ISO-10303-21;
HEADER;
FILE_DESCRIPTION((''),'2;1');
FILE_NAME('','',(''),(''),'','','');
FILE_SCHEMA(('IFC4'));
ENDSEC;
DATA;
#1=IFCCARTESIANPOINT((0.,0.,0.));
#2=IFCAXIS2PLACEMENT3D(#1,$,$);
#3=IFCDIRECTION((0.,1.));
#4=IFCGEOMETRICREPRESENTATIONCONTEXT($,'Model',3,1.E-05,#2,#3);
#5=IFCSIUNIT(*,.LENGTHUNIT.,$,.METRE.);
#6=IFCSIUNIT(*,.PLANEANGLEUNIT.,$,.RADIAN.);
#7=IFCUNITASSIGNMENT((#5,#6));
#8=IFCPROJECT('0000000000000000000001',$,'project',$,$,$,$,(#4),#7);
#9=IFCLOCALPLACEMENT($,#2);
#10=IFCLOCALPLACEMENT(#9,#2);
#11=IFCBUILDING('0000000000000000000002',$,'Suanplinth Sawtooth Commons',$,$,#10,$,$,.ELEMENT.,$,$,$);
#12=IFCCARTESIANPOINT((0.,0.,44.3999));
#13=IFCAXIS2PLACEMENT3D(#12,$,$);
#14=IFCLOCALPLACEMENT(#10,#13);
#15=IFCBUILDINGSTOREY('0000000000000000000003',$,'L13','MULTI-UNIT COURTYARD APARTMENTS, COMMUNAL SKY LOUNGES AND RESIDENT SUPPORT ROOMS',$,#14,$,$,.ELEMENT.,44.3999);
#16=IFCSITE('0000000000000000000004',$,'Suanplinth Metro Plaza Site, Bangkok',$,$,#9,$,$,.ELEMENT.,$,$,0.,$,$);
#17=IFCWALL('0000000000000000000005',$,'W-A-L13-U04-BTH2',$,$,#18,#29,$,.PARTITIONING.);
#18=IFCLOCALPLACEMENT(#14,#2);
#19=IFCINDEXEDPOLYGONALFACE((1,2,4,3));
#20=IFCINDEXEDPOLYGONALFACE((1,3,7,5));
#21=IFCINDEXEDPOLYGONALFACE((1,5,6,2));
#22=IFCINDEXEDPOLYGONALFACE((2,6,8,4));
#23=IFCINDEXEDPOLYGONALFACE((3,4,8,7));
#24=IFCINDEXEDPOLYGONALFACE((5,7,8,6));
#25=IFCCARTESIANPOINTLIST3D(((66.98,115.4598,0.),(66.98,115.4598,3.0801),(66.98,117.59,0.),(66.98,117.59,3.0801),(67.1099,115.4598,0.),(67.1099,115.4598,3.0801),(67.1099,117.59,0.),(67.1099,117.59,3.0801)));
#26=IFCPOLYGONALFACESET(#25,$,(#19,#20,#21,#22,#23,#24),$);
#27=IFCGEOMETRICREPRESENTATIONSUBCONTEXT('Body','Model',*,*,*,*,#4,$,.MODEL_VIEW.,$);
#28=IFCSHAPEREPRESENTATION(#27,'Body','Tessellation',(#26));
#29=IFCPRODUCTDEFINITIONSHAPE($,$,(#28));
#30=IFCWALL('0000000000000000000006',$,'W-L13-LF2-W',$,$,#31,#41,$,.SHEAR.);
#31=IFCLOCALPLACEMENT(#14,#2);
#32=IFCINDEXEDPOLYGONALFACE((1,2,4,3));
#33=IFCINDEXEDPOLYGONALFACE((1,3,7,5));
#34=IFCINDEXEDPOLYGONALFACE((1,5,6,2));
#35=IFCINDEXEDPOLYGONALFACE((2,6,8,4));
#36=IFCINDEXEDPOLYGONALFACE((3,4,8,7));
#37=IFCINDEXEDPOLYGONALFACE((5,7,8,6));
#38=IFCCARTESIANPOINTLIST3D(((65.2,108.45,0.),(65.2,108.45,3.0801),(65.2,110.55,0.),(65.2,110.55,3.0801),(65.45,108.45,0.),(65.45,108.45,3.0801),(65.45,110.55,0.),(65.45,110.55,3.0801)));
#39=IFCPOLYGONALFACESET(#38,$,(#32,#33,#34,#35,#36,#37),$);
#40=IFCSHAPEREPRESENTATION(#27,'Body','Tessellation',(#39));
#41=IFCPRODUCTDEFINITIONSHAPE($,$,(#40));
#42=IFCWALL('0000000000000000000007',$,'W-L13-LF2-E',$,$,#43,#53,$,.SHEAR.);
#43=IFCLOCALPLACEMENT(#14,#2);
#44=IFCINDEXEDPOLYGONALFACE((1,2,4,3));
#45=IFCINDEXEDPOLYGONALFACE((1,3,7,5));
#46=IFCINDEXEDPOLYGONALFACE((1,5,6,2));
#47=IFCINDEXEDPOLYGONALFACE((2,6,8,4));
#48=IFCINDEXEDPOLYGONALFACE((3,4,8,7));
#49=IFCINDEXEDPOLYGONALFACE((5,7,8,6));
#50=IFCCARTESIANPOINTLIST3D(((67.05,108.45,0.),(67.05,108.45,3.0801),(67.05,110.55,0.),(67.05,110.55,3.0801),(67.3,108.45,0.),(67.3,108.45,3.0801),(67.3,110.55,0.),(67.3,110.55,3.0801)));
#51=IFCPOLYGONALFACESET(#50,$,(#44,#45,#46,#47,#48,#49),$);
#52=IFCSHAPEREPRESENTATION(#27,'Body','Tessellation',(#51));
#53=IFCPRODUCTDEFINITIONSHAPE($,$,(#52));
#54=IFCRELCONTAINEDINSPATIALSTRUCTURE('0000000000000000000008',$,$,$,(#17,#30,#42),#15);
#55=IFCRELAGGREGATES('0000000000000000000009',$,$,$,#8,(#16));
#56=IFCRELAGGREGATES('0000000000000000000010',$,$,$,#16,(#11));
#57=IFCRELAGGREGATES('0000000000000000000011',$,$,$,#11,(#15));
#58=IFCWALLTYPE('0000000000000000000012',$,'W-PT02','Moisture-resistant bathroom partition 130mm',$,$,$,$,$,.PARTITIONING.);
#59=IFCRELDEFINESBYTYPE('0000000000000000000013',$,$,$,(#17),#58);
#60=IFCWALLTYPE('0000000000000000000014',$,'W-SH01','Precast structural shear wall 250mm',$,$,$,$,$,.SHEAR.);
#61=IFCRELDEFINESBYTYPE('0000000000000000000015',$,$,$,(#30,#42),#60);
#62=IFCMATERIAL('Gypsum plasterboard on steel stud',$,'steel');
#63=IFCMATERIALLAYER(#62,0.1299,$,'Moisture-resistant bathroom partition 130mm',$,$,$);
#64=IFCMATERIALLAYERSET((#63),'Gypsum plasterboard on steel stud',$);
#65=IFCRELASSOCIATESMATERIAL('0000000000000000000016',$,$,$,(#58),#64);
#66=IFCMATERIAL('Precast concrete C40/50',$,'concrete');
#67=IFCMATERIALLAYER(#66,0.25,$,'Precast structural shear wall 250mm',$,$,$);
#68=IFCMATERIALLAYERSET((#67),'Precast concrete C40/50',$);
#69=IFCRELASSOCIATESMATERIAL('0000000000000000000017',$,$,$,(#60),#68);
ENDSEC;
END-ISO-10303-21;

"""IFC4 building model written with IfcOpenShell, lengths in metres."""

from ifc_helpers import new_model, si_unit, direction, frame, frame_2d, origin, place, context, subcontext, project, spatial, rectangle, extrude, material, layer, layer_set, type_object, element, save


model = new_model("IFC4")

# Units and contexts
model_context = context("Model", 3, precision=1e-05, world=origin(), true_north=direction((0.0, 1.0)))
body_context = subcontext(model_context, "Body", "Model", "MODEL_VIEW")
ifc_project = project(units=[si_unit("LENGTHUNIT", "METRE"), si_unit("PLANEANGLEUNIT", "RADIAN")], contexts=[model_context])

# Site, building, storey
site_placement = place(None, origin())
site = spatial("IfcSite", under=ifc_project, at=site_placement, Name="Suanplinth Metro Plaza Site, Bangkok", CompositionType="ELEMENT", RefElevation=0.0)
building_placement = place(site_placement, origin())
building = spatial("IfcBuilding", under=site, at=building_placement, Name="Suanplinth Sawtooth Commons", CompositionType="ELEMENT")
storey_placement = place(building_placement, frame((0.0, 0.0, 44.3999)))
storey = spatial("IfcBuildingStorey", under=building, at=storey_placement, Name="L13", Description="MULTI-UNIT COURTYARD APARTMENTS, COMMUNAL SKY LOUNGES AND RESIDENT SUPPORT ROOMS", CompositionType="ELEMENT", Elevation=44.3999)

# Shared definitions
ifc_material_1 = material(Name="Precast concrete C40/50", Category="concrete")

# Shared definitions
ifc_material_2 = material(Name="Gypsum plasterboard on steel stud", Category="steel")

# Walls
ifc_layer_1 = layer(ifc_material_2, 0.1299, Name="Moisture-resistant bathroom partition 130mm")
ifc_layer_set_1 = layer_set([ifc_layer_1], Name="Gypsum plasterboard on steel stud")
wall_type_1 = type_object("IfcWallType", Name="W-PT02", Description="Moisture-resistant bathroom partition 130mm", PredefinedType="PARTITIONING", material=ifc_layer_set_1)
wall_1_placement = place(storey_placement, frame((67.0449, 115.46, 0.0), z_axis=(0.0, 0.0, 1.0), x_axis=(0.0, 1.0, 0.0)))
element("IfcWall", 1, at=wall_1_placement, inside=storey, type_object=wall_type_1, Name="W-A-L13-U04-BTH2", PredefinedType="PARTITIONING", context=body_context, shape_type="SweptSolid", body=[
    extrude(rectangle(XDim=2.1301, YDim=0.1299, at=frame_2d((1.0649, 0.0))), origin(), (0.0, 0.0, 1.0), 3.0801),
])
ifc_layer_2 = layer(ifc_material_1, 0.25, Name="Precast structural shear wall 250mm")
ifc_layer_set_2 = layer_set([ifc_layer_2], Name="Precast concrete C40/50")
wall_type_2 = type_object("IfcWallType", Name="W-SH01", Description="Precast structural shear wall 250mm", PredefinedType="SHEAR", material=ifc_layer_set_2)
for number, where, z_axis, x_axis, name in (
    (2, (65.325, 108.45, 0.0), (0.0, 0.0, 1.0), (0.0, 1.0, 0.0), "W-L13-LF2-W"),
    (3, (67.175, 108.45, 0.0), (0.0, 0.0, 1.0), (0.0, 1.0, 0.0), "W-L13-LF2-E"),
):
    element("IfcWall", number, at=place(storey_placement, frame(where, z_axis=z_axis, x_axis=x_axis)), inside=storey, type_object=wall_type_2, Name=name, PredefinedType="SHEAR", context=body_context, shape_type="SweptSolid", body=[
        extrude(rectangle(XDim=2.1001, YDim=0.25, at=frame_2d((1.05, 0.0))), origin(), (0.0, 0.0, 1.0), 3.0801),
    ])

save(model, "model.ifc")
